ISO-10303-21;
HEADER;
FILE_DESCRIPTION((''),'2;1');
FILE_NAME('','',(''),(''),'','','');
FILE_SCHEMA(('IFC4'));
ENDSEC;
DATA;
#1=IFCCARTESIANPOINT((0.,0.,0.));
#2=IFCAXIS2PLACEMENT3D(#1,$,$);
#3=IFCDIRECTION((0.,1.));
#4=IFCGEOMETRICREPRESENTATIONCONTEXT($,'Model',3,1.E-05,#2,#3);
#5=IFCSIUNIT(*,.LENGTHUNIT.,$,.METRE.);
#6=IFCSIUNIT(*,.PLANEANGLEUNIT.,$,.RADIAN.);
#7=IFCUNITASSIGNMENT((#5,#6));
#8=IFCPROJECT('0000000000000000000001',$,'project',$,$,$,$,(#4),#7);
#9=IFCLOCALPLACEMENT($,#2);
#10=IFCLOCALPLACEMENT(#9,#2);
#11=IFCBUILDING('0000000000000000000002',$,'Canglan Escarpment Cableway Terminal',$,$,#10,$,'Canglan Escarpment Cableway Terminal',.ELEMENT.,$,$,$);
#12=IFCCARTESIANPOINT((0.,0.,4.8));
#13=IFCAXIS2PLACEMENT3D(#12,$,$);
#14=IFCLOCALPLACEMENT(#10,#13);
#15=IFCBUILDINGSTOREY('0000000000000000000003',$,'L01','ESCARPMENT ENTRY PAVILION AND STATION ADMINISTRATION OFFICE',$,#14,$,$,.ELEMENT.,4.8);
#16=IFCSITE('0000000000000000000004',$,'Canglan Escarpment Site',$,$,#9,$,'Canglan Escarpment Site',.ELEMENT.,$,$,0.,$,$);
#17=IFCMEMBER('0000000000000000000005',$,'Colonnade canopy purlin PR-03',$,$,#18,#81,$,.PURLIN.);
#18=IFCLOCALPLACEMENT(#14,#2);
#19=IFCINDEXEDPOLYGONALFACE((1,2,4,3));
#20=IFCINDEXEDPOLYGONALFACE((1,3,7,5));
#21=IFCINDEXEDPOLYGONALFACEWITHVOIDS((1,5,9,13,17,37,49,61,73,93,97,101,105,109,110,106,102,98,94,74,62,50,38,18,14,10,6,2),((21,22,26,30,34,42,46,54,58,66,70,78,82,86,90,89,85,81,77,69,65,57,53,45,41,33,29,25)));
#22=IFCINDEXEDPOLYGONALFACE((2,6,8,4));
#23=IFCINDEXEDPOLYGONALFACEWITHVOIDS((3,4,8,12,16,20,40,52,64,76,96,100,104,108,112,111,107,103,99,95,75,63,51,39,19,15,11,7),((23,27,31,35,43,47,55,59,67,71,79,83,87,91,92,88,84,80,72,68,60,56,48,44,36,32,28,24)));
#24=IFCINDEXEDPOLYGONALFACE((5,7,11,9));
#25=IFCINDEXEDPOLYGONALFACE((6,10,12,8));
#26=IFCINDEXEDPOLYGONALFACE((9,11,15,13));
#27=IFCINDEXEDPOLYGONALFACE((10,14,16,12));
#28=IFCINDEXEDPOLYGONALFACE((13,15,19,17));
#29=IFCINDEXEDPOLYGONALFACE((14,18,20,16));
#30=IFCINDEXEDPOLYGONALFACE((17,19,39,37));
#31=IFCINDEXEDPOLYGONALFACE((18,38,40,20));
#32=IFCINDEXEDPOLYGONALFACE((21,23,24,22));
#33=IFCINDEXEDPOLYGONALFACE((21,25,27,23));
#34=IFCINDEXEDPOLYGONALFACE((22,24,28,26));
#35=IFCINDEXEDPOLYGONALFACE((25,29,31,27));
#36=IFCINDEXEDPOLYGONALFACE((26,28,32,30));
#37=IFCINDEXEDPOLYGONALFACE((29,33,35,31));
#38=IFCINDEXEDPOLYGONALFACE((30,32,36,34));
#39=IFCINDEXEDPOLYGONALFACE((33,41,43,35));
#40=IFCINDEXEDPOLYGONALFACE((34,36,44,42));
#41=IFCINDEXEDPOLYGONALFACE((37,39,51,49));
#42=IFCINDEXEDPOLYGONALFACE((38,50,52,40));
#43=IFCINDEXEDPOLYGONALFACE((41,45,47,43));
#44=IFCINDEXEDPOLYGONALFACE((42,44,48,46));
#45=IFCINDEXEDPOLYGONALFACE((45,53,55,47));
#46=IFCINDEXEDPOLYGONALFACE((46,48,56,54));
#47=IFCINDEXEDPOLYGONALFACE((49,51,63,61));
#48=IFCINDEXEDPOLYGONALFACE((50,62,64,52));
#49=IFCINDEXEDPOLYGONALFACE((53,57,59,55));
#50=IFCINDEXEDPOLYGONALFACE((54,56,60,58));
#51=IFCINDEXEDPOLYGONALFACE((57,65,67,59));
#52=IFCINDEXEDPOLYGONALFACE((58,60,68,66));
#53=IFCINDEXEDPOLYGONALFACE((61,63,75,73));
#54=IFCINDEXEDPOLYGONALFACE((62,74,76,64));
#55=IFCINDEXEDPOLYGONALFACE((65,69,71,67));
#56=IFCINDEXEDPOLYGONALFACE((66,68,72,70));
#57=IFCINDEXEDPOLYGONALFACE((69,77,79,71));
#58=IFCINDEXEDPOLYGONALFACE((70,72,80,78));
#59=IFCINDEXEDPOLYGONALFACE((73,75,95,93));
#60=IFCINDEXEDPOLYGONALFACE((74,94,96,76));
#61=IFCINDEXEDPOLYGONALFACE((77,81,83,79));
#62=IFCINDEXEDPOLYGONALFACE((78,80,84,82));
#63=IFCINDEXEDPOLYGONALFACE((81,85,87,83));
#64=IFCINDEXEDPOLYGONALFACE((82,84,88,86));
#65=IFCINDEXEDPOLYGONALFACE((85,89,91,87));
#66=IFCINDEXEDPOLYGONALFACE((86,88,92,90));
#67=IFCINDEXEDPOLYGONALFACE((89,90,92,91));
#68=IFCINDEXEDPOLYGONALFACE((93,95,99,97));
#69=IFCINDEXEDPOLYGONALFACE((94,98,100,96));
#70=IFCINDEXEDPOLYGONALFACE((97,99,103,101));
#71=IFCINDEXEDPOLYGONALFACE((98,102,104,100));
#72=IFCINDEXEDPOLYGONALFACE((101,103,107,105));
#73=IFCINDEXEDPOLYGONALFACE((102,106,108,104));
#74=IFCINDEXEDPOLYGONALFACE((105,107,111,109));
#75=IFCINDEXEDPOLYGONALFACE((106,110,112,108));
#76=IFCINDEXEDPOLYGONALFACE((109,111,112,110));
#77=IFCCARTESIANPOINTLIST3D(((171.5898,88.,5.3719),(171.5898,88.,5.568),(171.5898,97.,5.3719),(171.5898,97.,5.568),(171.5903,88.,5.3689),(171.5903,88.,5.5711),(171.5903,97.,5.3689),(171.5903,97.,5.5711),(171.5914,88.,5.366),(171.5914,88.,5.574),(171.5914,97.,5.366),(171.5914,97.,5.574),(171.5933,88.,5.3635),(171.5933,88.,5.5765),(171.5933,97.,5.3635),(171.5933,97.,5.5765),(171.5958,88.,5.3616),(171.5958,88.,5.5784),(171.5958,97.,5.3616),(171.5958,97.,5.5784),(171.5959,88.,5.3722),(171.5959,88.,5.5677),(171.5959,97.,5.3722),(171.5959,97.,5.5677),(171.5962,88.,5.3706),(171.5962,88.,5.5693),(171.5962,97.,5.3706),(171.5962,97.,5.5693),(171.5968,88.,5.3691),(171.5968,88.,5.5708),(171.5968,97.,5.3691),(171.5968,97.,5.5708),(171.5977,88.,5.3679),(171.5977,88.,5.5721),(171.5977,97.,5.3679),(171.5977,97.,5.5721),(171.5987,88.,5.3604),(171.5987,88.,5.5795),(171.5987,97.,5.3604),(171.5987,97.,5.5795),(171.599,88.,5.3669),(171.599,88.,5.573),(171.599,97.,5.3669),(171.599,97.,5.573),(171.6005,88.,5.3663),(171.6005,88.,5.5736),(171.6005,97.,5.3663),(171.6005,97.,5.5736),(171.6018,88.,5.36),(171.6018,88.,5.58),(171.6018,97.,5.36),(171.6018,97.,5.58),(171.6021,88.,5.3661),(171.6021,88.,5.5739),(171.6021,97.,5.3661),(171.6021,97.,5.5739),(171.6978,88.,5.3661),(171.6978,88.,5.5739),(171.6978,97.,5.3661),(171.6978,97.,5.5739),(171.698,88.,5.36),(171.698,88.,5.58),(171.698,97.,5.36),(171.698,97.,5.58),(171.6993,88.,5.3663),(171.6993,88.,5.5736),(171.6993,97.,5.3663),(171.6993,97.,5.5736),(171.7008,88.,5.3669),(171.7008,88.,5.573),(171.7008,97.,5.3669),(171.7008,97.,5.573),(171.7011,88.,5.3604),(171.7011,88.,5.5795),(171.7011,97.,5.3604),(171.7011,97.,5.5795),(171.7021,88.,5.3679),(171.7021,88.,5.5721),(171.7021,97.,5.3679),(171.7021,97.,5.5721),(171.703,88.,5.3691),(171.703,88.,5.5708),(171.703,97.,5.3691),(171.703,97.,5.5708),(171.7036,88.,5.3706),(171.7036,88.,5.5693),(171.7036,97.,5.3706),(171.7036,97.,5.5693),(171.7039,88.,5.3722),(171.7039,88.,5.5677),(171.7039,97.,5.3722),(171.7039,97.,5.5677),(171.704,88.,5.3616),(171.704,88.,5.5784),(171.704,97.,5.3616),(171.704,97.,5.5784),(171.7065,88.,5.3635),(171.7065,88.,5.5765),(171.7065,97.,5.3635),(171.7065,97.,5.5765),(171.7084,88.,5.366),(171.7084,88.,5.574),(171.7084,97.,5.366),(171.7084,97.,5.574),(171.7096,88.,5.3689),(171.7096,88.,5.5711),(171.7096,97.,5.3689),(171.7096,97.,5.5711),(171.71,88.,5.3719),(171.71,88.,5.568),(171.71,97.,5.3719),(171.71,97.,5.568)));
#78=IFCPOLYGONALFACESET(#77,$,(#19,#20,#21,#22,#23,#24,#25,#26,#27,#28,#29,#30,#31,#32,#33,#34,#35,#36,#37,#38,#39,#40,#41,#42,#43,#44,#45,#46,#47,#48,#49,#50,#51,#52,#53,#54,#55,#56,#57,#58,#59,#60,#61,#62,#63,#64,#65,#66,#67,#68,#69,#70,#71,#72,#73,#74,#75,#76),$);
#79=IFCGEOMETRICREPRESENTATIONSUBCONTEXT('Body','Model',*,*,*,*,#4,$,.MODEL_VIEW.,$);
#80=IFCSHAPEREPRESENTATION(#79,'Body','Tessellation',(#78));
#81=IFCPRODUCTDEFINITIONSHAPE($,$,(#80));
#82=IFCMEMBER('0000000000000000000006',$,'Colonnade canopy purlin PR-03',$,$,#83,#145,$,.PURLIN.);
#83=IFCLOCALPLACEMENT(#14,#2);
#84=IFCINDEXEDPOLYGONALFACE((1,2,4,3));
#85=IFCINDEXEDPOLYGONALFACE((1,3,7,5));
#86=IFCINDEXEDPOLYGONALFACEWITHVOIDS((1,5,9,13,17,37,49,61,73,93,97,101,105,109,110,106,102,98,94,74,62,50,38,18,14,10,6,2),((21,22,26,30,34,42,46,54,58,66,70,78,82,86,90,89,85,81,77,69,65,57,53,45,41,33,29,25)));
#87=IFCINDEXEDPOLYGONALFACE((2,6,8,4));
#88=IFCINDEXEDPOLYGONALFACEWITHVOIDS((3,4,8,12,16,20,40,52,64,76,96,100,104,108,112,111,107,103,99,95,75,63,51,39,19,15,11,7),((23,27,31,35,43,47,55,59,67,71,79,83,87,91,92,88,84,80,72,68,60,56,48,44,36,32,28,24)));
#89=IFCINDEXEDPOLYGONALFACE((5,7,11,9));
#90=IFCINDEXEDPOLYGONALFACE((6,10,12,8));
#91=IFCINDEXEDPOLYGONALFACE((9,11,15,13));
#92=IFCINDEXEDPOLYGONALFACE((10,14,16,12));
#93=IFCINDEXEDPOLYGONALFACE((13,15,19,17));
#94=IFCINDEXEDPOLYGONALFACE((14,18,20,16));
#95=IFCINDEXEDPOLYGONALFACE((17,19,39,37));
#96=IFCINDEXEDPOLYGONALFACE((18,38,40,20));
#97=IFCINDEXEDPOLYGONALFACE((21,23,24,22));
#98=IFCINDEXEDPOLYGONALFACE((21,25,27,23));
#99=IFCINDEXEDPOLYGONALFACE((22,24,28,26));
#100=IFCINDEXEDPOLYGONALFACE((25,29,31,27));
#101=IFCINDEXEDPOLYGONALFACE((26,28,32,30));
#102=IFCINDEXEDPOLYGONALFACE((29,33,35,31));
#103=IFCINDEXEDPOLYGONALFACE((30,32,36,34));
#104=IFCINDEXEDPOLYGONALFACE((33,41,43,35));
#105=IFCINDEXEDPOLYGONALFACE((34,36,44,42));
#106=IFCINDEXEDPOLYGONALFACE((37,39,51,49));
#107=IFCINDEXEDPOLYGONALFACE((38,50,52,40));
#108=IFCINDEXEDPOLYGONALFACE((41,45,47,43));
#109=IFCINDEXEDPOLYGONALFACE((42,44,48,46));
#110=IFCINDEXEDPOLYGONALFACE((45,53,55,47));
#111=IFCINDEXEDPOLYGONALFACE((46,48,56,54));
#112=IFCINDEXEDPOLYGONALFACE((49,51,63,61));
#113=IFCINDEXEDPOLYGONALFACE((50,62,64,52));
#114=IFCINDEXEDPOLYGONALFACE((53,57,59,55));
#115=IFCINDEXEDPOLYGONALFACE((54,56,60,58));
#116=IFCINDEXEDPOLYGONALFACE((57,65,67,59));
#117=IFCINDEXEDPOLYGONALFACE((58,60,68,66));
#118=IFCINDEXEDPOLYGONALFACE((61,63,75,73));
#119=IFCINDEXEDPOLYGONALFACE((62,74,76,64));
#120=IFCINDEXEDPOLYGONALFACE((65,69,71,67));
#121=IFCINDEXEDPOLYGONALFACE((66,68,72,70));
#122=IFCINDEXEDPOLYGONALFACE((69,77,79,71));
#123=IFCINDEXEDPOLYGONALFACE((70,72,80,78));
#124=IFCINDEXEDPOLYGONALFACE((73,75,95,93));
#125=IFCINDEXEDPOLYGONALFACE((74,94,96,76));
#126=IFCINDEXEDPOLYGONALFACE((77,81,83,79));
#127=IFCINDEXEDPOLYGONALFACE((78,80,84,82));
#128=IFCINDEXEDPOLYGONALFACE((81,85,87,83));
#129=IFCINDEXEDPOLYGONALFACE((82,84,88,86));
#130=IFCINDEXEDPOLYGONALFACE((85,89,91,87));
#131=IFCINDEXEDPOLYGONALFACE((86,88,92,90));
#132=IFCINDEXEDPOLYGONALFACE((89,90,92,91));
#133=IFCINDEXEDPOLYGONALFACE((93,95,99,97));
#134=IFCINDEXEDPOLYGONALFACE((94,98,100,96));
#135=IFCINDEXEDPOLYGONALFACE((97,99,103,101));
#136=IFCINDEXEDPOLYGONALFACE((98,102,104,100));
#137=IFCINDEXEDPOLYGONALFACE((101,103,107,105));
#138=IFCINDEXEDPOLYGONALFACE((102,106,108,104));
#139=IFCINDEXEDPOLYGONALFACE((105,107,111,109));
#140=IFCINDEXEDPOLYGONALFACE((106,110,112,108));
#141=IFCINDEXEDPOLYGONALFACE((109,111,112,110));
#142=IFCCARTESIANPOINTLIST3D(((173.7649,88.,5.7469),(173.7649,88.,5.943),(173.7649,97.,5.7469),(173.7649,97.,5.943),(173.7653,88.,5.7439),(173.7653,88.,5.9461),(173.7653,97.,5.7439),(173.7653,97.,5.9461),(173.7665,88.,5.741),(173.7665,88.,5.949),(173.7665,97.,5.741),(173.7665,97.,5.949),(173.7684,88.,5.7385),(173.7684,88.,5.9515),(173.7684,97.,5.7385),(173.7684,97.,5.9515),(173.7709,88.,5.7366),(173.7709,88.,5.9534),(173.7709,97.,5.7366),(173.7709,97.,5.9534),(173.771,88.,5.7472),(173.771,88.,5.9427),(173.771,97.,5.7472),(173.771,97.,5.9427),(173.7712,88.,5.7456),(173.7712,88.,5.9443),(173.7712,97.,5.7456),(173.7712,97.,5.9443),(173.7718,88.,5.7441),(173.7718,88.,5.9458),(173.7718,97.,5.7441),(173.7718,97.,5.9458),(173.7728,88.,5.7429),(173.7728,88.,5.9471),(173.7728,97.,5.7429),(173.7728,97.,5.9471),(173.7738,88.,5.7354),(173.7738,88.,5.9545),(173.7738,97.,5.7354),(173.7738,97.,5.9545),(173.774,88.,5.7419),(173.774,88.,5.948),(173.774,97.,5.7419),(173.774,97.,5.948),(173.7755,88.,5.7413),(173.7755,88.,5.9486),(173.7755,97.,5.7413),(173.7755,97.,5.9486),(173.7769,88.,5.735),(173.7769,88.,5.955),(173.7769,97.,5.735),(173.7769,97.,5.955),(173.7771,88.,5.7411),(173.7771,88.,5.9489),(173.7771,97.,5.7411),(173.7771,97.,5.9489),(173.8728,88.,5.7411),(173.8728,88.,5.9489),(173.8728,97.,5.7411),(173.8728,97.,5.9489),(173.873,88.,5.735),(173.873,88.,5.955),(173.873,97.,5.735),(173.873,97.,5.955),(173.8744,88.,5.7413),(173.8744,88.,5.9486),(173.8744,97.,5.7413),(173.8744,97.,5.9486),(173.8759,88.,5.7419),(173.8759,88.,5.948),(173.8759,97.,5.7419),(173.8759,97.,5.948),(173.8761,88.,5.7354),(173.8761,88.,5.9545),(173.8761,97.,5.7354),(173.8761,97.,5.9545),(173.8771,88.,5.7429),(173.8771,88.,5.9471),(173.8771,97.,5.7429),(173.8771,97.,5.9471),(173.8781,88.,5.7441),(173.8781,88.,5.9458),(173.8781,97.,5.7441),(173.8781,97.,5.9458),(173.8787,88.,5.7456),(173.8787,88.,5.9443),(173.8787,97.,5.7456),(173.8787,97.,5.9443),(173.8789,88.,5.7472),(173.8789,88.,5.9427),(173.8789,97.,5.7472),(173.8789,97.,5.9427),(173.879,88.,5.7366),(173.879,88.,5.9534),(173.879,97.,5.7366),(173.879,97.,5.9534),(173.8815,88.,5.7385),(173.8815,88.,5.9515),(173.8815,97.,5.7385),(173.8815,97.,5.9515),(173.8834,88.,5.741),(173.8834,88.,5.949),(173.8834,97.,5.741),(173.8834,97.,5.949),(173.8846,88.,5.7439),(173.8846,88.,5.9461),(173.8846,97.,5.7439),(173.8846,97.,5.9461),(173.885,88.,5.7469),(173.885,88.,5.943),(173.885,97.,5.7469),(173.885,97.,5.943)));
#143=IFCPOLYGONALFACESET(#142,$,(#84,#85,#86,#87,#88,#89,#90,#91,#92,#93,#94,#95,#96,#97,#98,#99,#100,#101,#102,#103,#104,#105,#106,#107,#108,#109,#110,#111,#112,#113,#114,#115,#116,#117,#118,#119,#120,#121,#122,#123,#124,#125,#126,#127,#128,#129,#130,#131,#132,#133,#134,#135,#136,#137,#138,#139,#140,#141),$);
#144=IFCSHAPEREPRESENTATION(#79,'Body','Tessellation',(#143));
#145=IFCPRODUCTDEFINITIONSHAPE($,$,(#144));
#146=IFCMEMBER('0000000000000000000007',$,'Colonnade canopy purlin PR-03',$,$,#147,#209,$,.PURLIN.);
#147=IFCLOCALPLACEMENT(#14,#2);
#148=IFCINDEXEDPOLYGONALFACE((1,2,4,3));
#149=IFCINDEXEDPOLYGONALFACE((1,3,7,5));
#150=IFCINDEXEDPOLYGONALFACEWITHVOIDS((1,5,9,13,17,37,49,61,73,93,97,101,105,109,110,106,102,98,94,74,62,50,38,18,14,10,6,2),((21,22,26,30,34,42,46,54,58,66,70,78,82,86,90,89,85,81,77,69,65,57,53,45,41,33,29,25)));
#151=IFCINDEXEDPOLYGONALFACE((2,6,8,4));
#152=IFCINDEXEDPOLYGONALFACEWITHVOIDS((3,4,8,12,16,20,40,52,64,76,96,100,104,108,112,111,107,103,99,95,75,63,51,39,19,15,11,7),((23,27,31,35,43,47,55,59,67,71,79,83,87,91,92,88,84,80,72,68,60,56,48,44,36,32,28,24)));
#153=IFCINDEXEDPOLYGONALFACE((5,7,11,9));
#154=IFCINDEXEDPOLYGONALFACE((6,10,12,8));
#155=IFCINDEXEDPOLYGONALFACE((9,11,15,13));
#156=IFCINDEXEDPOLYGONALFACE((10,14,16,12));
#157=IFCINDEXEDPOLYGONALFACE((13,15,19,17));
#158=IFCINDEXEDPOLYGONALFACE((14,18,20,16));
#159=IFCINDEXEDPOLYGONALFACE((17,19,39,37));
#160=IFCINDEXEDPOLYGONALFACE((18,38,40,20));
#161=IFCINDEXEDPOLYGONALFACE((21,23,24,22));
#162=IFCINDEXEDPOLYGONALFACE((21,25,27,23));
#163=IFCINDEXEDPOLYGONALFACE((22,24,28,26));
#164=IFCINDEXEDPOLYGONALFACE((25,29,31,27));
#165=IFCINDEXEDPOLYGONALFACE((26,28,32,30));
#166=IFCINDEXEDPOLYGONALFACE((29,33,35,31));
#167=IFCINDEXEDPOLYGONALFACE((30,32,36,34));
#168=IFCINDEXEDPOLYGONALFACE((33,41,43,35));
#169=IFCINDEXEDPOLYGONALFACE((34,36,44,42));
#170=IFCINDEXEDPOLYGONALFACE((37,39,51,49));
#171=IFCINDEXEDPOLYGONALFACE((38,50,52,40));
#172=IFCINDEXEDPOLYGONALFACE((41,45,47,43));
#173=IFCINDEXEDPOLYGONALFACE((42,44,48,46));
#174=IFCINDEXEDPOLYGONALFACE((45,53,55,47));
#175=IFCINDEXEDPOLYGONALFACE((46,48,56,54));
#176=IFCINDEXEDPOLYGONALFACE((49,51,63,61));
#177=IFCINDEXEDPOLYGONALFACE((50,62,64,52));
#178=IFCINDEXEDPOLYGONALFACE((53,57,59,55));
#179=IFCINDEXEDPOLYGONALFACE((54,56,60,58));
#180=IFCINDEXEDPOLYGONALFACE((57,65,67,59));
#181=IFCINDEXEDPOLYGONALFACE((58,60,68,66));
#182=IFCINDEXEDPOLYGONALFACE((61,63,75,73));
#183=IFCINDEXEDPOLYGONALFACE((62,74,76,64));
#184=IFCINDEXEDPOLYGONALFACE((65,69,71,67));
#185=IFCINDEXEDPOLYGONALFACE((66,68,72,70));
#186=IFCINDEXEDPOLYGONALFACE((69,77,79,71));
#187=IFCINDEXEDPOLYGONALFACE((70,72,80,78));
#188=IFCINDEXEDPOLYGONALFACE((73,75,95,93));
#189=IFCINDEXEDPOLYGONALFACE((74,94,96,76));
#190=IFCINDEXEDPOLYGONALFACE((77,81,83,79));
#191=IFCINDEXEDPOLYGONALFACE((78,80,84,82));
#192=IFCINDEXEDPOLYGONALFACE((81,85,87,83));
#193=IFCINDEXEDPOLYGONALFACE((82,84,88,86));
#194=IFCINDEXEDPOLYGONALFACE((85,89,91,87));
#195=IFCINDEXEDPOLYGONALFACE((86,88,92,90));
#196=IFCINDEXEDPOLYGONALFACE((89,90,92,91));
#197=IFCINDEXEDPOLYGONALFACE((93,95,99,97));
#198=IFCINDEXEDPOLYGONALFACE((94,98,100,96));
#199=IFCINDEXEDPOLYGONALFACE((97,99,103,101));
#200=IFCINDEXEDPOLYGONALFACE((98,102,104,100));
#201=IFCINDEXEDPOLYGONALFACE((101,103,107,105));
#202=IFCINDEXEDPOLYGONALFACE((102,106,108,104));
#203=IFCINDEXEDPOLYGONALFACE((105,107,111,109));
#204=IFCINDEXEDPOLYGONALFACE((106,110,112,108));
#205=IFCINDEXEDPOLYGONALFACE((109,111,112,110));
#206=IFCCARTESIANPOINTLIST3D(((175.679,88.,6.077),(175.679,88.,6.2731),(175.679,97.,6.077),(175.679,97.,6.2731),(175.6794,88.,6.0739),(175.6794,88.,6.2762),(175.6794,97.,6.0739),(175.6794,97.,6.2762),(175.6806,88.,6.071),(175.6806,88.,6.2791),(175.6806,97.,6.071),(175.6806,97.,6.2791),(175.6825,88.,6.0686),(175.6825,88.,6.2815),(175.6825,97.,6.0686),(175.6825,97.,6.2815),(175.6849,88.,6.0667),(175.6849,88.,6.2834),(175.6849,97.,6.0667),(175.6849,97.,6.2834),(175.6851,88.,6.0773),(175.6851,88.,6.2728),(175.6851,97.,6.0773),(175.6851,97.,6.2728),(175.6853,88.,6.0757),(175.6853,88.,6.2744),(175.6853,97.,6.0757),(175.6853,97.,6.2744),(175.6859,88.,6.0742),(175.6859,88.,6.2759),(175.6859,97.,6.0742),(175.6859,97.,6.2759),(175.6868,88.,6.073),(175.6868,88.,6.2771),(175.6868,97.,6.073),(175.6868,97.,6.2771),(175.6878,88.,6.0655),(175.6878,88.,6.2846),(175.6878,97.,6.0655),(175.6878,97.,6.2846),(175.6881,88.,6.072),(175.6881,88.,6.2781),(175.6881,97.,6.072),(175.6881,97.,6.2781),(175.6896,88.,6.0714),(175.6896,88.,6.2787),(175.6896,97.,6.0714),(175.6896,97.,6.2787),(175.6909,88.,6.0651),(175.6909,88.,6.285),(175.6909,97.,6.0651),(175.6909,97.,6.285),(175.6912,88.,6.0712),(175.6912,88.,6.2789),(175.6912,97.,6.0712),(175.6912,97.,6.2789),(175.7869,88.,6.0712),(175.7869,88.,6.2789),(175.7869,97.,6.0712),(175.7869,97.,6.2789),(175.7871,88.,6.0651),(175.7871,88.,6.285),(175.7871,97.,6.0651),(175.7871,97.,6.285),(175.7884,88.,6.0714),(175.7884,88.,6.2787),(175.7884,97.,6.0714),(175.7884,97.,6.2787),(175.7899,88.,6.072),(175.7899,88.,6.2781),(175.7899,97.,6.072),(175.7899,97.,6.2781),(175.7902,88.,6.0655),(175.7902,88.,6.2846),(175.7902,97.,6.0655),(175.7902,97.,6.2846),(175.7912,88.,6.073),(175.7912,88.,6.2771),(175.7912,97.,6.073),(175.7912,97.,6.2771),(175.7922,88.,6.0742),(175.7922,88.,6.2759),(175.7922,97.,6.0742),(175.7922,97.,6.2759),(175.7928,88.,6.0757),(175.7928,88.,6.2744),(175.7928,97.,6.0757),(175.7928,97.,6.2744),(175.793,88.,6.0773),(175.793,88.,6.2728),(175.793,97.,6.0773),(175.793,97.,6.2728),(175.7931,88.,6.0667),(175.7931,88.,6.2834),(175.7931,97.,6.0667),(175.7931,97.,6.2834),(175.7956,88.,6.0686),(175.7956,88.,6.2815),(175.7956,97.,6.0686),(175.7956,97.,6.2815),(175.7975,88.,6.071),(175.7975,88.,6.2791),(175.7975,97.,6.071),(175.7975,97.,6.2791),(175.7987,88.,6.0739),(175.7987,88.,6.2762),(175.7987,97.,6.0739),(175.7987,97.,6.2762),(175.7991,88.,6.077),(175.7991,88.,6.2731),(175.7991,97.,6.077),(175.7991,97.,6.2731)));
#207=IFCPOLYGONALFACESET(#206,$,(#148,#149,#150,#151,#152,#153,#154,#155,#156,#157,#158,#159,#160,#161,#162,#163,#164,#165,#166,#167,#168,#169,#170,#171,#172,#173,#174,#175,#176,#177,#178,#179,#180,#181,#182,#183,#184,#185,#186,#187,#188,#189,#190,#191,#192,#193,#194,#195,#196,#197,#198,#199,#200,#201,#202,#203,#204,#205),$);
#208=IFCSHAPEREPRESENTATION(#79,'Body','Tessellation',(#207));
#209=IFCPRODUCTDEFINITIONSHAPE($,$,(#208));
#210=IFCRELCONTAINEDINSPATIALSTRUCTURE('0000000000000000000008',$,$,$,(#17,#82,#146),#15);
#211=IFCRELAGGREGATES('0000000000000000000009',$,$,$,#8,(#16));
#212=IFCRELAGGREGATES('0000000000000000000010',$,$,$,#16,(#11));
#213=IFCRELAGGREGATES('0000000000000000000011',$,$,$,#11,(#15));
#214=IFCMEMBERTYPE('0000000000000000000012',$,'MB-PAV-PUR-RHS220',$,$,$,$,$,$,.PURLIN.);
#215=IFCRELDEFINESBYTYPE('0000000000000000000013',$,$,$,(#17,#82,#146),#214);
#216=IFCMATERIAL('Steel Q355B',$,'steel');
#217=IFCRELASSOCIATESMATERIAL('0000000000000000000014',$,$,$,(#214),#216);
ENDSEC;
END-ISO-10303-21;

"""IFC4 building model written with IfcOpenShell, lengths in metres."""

from ifc_helpers import new_model, si_unit, direction, frame, origin, origin_2d, place, context, subcontext, project, spatial, hollow_rectangle, extrude, material, material_profile, profile_set, type_object, element, save


model = new_model("IFC4")

# Units and contexts
model_context = context("Model", 3, precision=1e-05, world=origin(), true_north=direction((0.0, 1.0)))
body_context = subcontext(model_context, "Body", "Model", "MODEL_VIEW")
ifc_project = project(units=[si_unit("LENGTHUNIT", "METRE"), si_unit("PLANEANGLEUNIT", "RADIAN")], contexts=[model_context])

# Site, building, storey
site_placement = place(None, origin())
site = spatial("IfcSite", under=ifc_project, at=site_placement, Name="Canglan Escarpment Site", LongName="Canglan Escarpment Site", CompositionType="ELEMENT", RefElevation=0.0)
building_placement = place(site_placement, origin())
building = spatial("IfcBuilding", under=site, at=building_placement, Name="Canglan Escarpment Cableway Terminal", LongName="Canglan Escarpment Cableway Terminal", CompositionType="ELEMENT")
storey_placement = place(building_placement, frame((0.0, 0.0, 4.8)))
storey = spatial("IfcBuildingStorey", under=building, at=storey_placement, Name="L01", Description="ESCARPMENT ENTRY PAVILION AND STATION ADMINISTRATION OFFICE", CompositionType="ELEMENT", Elevation=4.8)

# Shared definitions
ifc_material_1 = material(Name="Steel Q355B", Category="steel")

# Members
ifc_material_profile_1 = material_profile(ifc_material_1, hollow_rectangle(XDim=0.1201, YDim=0.22, WallThickness=0.0061, InnerFilletRadius=0.0061, OuterFilletRadius=0.012, at=origin_2d()), Name="RHS 220x120x6")
ifc_profile_set_1 = profile_set([ifc_material_profile_1], Name="Steel Q355B")
member_type_1 = type_object("IfcMemberType", Name="MB-PAV-PUR-RHS220", PredefinedType="PURLIN", material=ifc_profile_set_1)
for number, where, z_axis, x_axis, name in (
    (1, (171.6499, 88.0, 5.47), (0.0, 1.0, 0.0), (-1.0, 0.0, 0.0), "Colonnade canopy purlin PR-03"),
    (2, (173.825, 88.0, 5.845), (0.0, 1.0, 0.0), (-1.0, 0.0, 0.0), "Colonnade canopy purlin PR-03"),
    (3, (175.739, 88.0, 6.175), (0.0, 1.0, 0.0), (-1.0, 0.0, 0.0), "Colonnade canopy purlin PR-03"),
):
    element("IfcMember", number, at=place(storey_placement, frame(where, z_axis=z_axis, x_axis=x_axis)), inside=storey, type_object=member_type_1, Name=name, PredefinedType="PURLIN", context=body_context, shape_type="SweptSolid", body=[
        extrude(hollow_rectangle(XDim=0.1201, YDim=0.22, WallThickness=0.0061, InnerFilletRadius=0.0061, OuterFilletRadius=0.012, at=origin_2d()), origin(), (0.0, 0.0, 1.0), 9.0),
    ])

save(model, "model.ifc")
